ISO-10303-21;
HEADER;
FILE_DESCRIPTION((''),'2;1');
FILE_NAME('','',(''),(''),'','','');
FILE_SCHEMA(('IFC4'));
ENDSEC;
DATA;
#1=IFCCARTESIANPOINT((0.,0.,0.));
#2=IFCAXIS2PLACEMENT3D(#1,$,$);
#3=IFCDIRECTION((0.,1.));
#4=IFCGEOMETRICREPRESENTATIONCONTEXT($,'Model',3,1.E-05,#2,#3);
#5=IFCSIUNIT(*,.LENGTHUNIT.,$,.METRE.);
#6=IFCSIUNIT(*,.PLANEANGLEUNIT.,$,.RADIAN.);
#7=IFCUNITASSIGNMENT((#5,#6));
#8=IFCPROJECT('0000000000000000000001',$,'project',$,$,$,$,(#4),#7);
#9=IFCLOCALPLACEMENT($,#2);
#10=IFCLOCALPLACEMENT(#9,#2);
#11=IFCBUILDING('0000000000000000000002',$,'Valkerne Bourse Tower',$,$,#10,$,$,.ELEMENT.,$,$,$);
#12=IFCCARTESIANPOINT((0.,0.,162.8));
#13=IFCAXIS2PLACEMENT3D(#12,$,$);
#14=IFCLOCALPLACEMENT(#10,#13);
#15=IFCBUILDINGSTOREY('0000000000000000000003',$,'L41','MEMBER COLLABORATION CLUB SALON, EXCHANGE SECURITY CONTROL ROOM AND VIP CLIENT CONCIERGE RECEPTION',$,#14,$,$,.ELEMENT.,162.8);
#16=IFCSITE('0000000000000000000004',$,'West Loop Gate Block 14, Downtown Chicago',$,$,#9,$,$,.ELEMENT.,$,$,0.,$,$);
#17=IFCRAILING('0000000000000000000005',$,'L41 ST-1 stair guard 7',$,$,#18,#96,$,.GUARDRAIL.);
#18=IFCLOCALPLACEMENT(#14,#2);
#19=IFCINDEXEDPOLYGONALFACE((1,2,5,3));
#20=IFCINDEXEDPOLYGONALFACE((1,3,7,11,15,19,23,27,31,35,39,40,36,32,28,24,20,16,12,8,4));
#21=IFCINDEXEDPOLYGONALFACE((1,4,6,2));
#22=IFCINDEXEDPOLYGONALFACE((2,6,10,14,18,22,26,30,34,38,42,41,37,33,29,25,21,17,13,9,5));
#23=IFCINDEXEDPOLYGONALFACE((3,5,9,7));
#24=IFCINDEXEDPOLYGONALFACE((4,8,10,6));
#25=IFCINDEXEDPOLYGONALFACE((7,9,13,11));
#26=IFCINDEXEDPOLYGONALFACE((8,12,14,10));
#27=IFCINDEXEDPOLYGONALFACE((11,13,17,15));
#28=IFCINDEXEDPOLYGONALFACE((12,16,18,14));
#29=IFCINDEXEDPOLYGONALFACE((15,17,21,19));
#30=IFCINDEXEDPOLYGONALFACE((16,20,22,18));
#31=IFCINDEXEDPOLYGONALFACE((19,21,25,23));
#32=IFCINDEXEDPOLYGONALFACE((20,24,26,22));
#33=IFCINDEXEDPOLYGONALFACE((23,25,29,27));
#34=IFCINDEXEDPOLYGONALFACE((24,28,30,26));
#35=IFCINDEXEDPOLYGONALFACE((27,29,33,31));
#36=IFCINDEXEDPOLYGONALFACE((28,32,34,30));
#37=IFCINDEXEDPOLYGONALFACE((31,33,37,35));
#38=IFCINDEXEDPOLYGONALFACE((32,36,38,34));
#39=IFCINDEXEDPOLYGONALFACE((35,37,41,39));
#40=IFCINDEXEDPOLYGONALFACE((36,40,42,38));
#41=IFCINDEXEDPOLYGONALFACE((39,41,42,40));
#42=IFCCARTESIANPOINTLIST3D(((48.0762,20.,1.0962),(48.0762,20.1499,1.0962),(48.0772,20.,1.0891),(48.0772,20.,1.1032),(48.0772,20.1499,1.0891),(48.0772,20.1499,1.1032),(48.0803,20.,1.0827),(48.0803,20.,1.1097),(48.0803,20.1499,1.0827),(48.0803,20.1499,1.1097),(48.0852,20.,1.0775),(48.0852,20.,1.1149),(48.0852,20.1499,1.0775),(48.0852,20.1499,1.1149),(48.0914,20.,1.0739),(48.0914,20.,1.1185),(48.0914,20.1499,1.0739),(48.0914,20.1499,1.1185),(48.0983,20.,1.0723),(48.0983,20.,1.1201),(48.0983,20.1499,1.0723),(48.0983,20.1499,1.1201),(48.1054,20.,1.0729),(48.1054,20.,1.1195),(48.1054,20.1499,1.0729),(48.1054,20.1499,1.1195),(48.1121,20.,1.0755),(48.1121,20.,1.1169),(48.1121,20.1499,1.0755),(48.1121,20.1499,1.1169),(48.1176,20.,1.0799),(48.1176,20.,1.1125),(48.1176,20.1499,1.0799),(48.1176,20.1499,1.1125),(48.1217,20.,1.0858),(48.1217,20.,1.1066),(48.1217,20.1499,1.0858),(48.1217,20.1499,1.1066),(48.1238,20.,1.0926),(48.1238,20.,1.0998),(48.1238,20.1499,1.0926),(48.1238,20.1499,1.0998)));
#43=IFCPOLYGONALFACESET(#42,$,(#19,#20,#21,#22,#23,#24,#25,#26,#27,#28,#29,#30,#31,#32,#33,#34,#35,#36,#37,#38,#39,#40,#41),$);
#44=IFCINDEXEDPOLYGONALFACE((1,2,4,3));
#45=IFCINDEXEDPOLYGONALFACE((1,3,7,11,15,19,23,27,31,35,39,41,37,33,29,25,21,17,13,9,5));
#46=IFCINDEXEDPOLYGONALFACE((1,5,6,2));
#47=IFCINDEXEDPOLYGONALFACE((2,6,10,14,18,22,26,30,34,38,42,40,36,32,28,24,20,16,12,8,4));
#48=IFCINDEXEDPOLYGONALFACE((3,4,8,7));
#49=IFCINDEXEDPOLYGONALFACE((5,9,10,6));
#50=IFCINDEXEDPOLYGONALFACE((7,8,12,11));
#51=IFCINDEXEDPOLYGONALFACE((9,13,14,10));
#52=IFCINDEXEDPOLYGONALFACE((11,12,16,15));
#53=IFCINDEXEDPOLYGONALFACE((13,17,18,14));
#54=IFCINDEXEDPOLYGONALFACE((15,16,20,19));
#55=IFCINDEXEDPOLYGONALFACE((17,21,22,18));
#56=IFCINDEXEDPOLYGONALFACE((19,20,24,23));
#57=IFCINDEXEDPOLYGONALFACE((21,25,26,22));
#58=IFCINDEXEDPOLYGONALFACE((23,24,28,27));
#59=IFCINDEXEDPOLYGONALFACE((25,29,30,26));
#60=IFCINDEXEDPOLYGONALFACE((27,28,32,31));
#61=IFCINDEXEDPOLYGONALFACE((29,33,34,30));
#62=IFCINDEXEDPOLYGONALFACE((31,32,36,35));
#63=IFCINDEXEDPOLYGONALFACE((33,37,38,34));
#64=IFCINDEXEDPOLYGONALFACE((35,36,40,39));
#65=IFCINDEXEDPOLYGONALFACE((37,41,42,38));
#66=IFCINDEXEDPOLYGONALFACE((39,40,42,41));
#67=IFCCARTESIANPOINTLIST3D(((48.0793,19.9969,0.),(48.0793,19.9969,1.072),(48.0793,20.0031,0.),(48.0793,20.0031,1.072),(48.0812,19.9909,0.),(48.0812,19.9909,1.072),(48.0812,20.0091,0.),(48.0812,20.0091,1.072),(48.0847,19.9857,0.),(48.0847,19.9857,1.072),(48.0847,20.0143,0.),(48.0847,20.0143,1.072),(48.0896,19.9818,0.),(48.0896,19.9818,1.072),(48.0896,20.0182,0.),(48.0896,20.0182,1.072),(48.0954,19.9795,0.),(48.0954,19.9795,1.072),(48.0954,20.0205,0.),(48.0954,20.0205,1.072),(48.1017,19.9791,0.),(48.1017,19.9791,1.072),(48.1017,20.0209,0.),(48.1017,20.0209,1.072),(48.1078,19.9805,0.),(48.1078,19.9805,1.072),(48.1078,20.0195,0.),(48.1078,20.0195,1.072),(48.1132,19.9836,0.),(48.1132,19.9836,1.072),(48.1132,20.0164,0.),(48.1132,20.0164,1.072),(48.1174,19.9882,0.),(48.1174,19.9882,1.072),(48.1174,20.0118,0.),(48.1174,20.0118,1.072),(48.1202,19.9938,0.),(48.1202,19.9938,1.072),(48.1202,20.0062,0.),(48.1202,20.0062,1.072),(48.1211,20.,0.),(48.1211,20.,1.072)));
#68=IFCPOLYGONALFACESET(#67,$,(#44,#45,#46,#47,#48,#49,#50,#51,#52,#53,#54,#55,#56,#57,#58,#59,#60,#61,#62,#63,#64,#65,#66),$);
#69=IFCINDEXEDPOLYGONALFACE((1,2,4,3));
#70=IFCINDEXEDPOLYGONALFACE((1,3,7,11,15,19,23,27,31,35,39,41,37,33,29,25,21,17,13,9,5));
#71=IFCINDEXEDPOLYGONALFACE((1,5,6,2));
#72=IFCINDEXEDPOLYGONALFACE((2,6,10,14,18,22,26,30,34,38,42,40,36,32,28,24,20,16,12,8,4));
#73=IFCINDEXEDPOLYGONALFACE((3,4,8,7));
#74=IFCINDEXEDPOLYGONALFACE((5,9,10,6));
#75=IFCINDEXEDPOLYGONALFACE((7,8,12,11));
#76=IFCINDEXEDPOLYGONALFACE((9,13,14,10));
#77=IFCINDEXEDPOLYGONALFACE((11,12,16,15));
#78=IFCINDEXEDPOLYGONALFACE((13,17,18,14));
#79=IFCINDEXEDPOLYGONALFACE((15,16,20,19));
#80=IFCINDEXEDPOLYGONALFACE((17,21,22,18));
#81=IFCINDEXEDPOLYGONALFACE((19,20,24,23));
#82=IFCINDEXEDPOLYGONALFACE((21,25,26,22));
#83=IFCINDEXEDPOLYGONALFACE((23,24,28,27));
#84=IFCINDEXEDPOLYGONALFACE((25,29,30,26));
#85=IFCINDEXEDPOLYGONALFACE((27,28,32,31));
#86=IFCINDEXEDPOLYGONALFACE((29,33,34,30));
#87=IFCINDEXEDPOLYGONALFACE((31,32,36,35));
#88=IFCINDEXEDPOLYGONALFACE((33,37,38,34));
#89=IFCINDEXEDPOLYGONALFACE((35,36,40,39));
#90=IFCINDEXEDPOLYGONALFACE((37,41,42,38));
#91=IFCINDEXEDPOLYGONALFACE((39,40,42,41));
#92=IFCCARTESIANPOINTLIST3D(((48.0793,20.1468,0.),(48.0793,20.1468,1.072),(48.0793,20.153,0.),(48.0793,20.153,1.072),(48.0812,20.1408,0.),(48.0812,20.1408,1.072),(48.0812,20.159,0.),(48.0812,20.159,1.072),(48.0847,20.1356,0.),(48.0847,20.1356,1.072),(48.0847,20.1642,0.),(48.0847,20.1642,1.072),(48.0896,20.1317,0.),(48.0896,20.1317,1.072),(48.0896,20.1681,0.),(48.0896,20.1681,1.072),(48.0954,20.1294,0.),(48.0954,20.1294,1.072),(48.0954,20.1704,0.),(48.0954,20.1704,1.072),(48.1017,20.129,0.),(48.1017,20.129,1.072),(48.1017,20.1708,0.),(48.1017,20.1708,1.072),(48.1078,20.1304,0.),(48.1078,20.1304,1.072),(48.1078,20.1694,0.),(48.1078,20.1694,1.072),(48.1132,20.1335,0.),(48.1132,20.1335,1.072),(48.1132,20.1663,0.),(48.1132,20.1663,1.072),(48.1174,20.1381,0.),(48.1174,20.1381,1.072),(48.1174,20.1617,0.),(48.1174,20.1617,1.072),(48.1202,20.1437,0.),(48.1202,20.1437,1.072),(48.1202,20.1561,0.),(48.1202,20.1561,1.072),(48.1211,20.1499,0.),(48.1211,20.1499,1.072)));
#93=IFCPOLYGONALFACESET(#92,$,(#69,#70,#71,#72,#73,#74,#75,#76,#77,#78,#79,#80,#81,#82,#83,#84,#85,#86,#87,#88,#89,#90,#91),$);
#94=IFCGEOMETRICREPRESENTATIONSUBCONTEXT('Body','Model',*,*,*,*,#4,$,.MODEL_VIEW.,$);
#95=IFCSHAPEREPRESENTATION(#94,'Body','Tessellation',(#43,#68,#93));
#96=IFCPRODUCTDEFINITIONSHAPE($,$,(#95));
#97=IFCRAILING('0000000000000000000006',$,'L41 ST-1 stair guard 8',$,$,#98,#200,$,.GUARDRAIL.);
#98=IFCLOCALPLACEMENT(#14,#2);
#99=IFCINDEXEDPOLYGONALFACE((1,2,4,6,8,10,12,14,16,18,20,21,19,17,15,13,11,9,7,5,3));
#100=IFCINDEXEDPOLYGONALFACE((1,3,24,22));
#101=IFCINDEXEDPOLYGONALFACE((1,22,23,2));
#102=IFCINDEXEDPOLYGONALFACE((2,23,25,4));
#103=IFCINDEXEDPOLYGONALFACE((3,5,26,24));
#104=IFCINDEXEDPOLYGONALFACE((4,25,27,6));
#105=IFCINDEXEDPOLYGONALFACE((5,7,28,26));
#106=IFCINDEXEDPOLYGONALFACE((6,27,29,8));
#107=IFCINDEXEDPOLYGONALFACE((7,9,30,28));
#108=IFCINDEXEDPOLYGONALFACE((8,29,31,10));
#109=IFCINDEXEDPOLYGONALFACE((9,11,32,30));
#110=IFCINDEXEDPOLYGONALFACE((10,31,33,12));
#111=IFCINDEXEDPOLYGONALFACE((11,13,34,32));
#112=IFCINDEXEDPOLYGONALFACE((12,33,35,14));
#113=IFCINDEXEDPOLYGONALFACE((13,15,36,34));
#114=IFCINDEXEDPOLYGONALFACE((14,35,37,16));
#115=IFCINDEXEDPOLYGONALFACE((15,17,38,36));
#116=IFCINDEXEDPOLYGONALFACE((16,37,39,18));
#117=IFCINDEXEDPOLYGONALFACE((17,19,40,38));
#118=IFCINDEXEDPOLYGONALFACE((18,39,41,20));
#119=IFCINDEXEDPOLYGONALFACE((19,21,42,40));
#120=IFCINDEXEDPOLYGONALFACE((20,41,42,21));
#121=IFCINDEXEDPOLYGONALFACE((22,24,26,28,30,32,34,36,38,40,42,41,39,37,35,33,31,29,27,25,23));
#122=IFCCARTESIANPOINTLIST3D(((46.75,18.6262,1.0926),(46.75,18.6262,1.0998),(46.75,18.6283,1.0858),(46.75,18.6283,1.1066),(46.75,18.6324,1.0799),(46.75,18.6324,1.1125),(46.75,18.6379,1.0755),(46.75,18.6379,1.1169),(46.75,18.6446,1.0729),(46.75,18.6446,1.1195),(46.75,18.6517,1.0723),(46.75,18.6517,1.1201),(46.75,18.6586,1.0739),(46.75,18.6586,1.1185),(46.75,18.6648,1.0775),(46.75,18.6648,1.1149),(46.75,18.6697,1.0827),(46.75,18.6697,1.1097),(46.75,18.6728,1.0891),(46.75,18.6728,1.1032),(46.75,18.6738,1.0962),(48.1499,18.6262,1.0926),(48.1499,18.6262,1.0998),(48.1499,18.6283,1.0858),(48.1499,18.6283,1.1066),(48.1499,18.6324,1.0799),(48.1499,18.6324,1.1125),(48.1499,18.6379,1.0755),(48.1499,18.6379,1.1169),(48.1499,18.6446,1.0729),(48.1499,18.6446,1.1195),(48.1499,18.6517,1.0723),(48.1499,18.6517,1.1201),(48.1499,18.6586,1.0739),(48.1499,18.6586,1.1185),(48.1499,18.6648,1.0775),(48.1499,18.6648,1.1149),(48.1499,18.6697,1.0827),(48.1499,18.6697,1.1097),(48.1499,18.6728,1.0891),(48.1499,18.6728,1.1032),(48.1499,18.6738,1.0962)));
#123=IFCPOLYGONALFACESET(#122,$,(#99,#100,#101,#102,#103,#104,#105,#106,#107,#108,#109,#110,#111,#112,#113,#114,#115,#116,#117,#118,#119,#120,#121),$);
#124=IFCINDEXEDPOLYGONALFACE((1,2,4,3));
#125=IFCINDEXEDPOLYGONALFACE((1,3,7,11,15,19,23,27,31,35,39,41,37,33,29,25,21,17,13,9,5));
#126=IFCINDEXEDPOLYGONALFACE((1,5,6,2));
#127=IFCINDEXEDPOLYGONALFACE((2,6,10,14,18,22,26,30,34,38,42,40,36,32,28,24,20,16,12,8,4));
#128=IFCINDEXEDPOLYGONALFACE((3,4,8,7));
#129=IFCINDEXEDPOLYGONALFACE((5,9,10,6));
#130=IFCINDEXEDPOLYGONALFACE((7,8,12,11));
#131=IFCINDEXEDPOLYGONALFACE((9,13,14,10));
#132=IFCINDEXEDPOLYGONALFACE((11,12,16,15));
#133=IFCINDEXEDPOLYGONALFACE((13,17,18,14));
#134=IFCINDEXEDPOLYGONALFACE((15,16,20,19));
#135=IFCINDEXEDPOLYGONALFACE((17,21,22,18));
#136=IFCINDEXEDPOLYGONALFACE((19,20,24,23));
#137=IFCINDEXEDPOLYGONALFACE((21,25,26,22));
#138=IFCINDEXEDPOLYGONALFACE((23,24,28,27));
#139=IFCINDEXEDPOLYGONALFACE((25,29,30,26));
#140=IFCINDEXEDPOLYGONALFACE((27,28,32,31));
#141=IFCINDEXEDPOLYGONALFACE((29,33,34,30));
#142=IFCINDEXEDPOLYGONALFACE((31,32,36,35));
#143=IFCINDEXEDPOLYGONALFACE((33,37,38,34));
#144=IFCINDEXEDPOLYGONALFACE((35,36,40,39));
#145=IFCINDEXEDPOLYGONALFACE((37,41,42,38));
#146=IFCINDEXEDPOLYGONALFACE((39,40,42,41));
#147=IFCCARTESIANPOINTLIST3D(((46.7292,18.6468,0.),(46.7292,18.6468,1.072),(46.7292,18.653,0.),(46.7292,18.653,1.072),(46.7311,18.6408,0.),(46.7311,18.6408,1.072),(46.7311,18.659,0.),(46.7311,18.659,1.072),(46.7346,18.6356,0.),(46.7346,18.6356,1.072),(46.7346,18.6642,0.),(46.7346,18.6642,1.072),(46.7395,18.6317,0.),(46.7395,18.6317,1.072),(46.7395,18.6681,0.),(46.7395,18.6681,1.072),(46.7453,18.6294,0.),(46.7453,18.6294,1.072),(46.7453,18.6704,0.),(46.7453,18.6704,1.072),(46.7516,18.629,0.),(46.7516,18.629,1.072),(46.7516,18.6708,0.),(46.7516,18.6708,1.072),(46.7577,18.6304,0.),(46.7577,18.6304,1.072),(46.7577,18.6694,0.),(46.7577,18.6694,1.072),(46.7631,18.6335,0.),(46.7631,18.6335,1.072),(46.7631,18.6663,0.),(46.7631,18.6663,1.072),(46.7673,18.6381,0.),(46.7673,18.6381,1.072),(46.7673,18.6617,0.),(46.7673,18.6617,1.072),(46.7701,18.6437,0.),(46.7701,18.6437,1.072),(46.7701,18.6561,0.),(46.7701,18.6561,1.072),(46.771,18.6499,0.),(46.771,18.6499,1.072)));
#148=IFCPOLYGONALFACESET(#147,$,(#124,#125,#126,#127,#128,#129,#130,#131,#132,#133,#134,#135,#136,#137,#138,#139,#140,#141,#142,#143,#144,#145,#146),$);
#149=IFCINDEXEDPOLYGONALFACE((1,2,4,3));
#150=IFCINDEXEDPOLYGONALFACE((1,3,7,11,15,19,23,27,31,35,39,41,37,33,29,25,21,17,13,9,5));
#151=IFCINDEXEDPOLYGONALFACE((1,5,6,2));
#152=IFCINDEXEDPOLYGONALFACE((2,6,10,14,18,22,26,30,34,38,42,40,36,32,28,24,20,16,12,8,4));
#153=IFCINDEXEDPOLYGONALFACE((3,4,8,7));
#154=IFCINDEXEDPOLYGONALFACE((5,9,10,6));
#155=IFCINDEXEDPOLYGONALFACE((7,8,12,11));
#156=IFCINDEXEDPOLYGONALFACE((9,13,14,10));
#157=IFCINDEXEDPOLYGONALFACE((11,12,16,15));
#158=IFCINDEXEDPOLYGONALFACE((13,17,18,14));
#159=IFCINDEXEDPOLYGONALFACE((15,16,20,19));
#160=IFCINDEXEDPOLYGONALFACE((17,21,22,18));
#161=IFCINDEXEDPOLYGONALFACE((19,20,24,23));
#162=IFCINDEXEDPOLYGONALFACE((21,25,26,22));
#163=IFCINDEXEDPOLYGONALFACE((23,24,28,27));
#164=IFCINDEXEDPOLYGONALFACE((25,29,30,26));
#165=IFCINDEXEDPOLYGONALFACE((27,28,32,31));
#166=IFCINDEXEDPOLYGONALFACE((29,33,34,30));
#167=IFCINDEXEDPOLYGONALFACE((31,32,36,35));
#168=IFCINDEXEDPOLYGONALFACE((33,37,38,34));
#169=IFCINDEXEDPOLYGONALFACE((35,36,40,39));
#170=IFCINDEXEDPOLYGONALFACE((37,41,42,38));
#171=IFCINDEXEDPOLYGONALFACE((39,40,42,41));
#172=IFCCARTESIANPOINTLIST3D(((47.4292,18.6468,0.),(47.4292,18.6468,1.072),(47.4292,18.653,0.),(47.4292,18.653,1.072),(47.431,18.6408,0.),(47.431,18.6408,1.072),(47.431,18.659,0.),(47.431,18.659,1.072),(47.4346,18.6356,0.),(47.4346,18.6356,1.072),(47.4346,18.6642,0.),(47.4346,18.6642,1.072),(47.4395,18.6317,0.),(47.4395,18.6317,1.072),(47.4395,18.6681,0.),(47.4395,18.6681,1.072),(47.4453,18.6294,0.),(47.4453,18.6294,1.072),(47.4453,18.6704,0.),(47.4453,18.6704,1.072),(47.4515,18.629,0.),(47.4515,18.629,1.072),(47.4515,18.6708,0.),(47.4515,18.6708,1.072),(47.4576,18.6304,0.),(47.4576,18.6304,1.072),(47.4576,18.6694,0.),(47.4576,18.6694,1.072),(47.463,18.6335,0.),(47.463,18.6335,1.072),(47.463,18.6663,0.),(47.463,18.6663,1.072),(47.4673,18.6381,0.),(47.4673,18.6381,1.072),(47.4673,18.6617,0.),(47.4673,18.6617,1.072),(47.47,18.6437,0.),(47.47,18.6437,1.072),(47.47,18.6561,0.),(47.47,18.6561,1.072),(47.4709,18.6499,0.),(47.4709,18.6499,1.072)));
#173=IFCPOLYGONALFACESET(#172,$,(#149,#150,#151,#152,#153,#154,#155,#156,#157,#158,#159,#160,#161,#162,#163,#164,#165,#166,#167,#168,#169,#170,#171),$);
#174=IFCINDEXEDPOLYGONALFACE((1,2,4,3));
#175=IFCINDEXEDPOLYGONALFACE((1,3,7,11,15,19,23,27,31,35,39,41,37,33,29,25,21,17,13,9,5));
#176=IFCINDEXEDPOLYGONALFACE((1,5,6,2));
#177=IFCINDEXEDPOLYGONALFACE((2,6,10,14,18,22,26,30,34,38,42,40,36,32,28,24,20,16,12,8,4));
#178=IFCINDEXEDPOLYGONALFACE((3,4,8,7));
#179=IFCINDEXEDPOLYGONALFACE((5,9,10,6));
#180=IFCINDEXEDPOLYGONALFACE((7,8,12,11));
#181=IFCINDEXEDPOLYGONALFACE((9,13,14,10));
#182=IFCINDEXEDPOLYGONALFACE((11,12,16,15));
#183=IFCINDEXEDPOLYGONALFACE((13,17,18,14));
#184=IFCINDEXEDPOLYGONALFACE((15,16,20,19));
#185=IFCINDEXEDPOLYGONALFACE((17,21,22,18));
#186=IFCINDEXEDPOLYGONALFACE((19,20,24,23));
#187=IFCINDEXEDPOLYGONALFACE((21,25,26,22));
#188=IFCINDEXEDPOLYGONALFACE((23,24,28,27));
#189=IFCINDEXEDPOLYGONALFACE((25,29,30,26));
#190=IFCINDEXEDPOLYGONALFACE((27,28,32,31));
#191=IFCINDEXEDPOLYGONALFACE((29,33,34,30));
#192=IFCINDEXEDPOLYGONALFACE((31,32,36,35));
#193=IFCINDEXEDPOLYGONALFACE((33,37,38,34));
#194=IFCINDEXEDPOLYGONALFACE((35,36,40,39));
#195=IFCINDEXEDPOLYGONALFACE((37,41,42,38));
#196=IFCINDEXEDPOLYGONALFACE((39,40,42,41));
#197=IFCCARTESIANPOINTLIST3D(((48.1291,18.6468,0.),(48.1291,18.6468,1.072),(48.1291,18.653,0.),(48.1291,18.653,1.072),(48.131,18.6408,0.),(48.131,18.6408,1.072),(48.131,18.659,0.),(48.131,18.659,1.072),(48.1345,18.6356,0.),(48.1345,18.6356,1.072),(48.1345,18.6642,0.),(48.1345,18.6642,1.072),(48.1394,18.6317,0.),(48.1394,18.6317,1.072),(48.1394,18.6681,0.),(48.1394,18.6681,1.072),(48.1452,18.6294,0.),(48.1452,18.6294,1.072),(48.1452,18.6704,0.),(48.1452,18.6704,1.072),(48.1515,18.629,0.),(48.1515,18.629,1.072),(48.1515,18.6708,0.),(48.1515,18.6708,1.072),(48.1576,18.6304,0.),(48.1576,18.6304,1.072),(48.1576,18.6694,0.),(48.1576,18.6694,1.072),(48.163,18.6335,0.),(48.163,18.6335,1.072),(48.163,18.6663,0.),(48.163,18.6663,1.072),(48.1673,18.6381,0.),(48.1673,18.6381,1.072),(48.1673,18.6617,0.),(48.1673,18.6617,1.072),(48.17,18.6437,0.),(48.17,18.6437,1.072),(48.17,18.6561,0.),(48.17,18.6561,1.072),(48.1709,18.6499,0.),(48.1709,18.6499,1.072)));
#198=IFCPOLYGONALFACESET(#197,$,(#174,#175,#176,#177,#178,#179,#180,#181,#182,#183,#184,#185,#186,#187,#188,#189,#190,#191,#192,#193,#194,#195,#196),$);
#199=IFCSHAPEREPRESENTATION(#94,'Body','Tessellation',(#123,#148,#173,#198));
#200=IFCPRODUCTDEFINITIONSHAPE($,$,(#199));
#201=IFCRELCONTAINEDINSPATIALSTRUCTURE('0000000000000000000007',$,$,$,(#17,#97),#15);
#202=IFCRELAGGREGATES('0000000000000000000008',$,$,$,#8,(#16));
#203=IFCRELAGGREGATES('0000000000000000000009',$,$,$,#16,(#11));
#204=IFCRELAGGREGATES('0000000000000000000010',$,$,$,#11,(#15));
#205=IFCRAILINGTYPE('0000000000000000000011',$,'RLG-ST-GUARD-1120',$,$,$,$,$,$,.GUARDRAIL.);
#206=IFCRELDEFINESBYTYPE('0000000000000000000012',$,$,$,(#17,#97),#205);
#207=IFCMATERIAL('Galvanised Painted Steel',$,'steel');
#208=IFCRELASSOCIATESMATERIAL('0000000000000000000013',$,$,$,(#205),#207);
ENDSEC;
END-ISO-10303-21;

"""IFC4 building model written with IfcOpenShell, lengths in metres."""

from ifc_helpers import new_model, si_unit, direction, frame, origin, origin_2d, place, context, subcontext, project, spatial, circle, extrude, material, type_object, element, save


model = new_model("IFC4")

# Units and contexts
model_context = context("Model", 3, precision=1e-05, world=origin(), true_north=direction((0.0, 1.0)))
body_context = subcontext(model_context, "Body", "Model", "MODEL_VIEW")
ifc_project = project(units=[si_unit("LENGTHUNIT", "METRE"), si_unit("PLANEANGLEUNIT", "RADIAN")], contexts=[model_context])

# Site, building, storey
site_placement = place(None, origin())
site = spatial("IfcSite", under=ifc_project, at=site_placement, Name="West Loop Gate Block 14, Downtown Chicago", CompositionType="ELEMENT", RefElevation=0.0)
building_placement = place(site_placement, origin())
building = spatial("IfcBuilding", under=site, at=building_placement, Name="Valkerne Bourse Tower", CompositionType="ELEMENT")
storey_placement = place(building_placement, frame((0.0, 0.0, 162.8)))
storey = spatial("IfcBuildingStorey", under=building, at=storey_placement, Name="L41", Description="MEMBER COLLABORATION CLUB SALON, EXCHANGE SECURITY CONTROL ROOM AND VIP CLIENT CONCIERGE RECEPTION", CompositionType="ELEMENT", Elevation=162.8)

# Shared definitions
ifc_material_1 = material(Name="Galvanised Painted Steel", Category="steel")

# Railings
railing_type_1 = type_object("IfcRailingType", Name="RLG-ST-GUARD-1120", PredefinedType="GUARDRAIL", material=ifc_material_1)
railing_1_placement = place(storey_placement, frame((48.1001, 20.0, 0.0)))
element("IfcRailing", 1, at=railing_1_placement, inside=storey, type_object=railing_type_1, Name="L41 ST-1 stair guard 7", PredefinedType="GUARDRAIL", context=body_context, shape_type="SweptSolid", body=[
    extrude(circle(Radius=0.0239, at=origin_2d()), frame((0.0, 0.0, 1.0962), z_axis=(0.0, 1.0, 0.0), x_axis=(-1.0, 0.0, 0.0)), (0.0, 0.0, 1.0), 0.1499),
    extrude(circle(Radius=0.021, at=origin_2d()), origin(), (0.0, 0.0, 1.0), 1.072),
    extrude(circle(Radius=0.021, at=origin_2d()), frame((0.0, 0.1499, 0.0)), (0.0, 0.0, 1.0), 1.072),
])
for number, where, name in (
    (2, (46.75, 18.6499, 0.0), "L41 ST-1 stair guard 8"),
):
    element("IfcRailing", number, at=place(storey_placement, frame(where)), inside=storey, type_object=railing_type_1, Name=name, PredefinedType="GUARDRAIL", context=body_context, shape_type="SweptSolid", body=[
        extrude(circle(Radius=0.0239, at=origin_2d()), frame((0.0, 0.0, 1.0962), z_axis=(1.0, 0.0, 0.0), x_axis=(0.0, 1.0, 0.0)), (0.0, 0.0, 1.0), 1.3999),
        extrude(circle(Radius=0.021, at=origin_2d()), origin(), (0.0, 0.0, 1.0), 1.072),
        extrude(circle(Radius=0.021, at=origin_2d()), frame((0.7, 0.0, 0.0)), (0.0, 0.0, 1.0), 1.072),
        extrude(circle(Radius=0.021, at=origin_2d()), frame((1.3999, 0.0, 0.0)), (0.0, 0.0, 1.0), 1.072),
    ])

save(model, "model.ifc")
